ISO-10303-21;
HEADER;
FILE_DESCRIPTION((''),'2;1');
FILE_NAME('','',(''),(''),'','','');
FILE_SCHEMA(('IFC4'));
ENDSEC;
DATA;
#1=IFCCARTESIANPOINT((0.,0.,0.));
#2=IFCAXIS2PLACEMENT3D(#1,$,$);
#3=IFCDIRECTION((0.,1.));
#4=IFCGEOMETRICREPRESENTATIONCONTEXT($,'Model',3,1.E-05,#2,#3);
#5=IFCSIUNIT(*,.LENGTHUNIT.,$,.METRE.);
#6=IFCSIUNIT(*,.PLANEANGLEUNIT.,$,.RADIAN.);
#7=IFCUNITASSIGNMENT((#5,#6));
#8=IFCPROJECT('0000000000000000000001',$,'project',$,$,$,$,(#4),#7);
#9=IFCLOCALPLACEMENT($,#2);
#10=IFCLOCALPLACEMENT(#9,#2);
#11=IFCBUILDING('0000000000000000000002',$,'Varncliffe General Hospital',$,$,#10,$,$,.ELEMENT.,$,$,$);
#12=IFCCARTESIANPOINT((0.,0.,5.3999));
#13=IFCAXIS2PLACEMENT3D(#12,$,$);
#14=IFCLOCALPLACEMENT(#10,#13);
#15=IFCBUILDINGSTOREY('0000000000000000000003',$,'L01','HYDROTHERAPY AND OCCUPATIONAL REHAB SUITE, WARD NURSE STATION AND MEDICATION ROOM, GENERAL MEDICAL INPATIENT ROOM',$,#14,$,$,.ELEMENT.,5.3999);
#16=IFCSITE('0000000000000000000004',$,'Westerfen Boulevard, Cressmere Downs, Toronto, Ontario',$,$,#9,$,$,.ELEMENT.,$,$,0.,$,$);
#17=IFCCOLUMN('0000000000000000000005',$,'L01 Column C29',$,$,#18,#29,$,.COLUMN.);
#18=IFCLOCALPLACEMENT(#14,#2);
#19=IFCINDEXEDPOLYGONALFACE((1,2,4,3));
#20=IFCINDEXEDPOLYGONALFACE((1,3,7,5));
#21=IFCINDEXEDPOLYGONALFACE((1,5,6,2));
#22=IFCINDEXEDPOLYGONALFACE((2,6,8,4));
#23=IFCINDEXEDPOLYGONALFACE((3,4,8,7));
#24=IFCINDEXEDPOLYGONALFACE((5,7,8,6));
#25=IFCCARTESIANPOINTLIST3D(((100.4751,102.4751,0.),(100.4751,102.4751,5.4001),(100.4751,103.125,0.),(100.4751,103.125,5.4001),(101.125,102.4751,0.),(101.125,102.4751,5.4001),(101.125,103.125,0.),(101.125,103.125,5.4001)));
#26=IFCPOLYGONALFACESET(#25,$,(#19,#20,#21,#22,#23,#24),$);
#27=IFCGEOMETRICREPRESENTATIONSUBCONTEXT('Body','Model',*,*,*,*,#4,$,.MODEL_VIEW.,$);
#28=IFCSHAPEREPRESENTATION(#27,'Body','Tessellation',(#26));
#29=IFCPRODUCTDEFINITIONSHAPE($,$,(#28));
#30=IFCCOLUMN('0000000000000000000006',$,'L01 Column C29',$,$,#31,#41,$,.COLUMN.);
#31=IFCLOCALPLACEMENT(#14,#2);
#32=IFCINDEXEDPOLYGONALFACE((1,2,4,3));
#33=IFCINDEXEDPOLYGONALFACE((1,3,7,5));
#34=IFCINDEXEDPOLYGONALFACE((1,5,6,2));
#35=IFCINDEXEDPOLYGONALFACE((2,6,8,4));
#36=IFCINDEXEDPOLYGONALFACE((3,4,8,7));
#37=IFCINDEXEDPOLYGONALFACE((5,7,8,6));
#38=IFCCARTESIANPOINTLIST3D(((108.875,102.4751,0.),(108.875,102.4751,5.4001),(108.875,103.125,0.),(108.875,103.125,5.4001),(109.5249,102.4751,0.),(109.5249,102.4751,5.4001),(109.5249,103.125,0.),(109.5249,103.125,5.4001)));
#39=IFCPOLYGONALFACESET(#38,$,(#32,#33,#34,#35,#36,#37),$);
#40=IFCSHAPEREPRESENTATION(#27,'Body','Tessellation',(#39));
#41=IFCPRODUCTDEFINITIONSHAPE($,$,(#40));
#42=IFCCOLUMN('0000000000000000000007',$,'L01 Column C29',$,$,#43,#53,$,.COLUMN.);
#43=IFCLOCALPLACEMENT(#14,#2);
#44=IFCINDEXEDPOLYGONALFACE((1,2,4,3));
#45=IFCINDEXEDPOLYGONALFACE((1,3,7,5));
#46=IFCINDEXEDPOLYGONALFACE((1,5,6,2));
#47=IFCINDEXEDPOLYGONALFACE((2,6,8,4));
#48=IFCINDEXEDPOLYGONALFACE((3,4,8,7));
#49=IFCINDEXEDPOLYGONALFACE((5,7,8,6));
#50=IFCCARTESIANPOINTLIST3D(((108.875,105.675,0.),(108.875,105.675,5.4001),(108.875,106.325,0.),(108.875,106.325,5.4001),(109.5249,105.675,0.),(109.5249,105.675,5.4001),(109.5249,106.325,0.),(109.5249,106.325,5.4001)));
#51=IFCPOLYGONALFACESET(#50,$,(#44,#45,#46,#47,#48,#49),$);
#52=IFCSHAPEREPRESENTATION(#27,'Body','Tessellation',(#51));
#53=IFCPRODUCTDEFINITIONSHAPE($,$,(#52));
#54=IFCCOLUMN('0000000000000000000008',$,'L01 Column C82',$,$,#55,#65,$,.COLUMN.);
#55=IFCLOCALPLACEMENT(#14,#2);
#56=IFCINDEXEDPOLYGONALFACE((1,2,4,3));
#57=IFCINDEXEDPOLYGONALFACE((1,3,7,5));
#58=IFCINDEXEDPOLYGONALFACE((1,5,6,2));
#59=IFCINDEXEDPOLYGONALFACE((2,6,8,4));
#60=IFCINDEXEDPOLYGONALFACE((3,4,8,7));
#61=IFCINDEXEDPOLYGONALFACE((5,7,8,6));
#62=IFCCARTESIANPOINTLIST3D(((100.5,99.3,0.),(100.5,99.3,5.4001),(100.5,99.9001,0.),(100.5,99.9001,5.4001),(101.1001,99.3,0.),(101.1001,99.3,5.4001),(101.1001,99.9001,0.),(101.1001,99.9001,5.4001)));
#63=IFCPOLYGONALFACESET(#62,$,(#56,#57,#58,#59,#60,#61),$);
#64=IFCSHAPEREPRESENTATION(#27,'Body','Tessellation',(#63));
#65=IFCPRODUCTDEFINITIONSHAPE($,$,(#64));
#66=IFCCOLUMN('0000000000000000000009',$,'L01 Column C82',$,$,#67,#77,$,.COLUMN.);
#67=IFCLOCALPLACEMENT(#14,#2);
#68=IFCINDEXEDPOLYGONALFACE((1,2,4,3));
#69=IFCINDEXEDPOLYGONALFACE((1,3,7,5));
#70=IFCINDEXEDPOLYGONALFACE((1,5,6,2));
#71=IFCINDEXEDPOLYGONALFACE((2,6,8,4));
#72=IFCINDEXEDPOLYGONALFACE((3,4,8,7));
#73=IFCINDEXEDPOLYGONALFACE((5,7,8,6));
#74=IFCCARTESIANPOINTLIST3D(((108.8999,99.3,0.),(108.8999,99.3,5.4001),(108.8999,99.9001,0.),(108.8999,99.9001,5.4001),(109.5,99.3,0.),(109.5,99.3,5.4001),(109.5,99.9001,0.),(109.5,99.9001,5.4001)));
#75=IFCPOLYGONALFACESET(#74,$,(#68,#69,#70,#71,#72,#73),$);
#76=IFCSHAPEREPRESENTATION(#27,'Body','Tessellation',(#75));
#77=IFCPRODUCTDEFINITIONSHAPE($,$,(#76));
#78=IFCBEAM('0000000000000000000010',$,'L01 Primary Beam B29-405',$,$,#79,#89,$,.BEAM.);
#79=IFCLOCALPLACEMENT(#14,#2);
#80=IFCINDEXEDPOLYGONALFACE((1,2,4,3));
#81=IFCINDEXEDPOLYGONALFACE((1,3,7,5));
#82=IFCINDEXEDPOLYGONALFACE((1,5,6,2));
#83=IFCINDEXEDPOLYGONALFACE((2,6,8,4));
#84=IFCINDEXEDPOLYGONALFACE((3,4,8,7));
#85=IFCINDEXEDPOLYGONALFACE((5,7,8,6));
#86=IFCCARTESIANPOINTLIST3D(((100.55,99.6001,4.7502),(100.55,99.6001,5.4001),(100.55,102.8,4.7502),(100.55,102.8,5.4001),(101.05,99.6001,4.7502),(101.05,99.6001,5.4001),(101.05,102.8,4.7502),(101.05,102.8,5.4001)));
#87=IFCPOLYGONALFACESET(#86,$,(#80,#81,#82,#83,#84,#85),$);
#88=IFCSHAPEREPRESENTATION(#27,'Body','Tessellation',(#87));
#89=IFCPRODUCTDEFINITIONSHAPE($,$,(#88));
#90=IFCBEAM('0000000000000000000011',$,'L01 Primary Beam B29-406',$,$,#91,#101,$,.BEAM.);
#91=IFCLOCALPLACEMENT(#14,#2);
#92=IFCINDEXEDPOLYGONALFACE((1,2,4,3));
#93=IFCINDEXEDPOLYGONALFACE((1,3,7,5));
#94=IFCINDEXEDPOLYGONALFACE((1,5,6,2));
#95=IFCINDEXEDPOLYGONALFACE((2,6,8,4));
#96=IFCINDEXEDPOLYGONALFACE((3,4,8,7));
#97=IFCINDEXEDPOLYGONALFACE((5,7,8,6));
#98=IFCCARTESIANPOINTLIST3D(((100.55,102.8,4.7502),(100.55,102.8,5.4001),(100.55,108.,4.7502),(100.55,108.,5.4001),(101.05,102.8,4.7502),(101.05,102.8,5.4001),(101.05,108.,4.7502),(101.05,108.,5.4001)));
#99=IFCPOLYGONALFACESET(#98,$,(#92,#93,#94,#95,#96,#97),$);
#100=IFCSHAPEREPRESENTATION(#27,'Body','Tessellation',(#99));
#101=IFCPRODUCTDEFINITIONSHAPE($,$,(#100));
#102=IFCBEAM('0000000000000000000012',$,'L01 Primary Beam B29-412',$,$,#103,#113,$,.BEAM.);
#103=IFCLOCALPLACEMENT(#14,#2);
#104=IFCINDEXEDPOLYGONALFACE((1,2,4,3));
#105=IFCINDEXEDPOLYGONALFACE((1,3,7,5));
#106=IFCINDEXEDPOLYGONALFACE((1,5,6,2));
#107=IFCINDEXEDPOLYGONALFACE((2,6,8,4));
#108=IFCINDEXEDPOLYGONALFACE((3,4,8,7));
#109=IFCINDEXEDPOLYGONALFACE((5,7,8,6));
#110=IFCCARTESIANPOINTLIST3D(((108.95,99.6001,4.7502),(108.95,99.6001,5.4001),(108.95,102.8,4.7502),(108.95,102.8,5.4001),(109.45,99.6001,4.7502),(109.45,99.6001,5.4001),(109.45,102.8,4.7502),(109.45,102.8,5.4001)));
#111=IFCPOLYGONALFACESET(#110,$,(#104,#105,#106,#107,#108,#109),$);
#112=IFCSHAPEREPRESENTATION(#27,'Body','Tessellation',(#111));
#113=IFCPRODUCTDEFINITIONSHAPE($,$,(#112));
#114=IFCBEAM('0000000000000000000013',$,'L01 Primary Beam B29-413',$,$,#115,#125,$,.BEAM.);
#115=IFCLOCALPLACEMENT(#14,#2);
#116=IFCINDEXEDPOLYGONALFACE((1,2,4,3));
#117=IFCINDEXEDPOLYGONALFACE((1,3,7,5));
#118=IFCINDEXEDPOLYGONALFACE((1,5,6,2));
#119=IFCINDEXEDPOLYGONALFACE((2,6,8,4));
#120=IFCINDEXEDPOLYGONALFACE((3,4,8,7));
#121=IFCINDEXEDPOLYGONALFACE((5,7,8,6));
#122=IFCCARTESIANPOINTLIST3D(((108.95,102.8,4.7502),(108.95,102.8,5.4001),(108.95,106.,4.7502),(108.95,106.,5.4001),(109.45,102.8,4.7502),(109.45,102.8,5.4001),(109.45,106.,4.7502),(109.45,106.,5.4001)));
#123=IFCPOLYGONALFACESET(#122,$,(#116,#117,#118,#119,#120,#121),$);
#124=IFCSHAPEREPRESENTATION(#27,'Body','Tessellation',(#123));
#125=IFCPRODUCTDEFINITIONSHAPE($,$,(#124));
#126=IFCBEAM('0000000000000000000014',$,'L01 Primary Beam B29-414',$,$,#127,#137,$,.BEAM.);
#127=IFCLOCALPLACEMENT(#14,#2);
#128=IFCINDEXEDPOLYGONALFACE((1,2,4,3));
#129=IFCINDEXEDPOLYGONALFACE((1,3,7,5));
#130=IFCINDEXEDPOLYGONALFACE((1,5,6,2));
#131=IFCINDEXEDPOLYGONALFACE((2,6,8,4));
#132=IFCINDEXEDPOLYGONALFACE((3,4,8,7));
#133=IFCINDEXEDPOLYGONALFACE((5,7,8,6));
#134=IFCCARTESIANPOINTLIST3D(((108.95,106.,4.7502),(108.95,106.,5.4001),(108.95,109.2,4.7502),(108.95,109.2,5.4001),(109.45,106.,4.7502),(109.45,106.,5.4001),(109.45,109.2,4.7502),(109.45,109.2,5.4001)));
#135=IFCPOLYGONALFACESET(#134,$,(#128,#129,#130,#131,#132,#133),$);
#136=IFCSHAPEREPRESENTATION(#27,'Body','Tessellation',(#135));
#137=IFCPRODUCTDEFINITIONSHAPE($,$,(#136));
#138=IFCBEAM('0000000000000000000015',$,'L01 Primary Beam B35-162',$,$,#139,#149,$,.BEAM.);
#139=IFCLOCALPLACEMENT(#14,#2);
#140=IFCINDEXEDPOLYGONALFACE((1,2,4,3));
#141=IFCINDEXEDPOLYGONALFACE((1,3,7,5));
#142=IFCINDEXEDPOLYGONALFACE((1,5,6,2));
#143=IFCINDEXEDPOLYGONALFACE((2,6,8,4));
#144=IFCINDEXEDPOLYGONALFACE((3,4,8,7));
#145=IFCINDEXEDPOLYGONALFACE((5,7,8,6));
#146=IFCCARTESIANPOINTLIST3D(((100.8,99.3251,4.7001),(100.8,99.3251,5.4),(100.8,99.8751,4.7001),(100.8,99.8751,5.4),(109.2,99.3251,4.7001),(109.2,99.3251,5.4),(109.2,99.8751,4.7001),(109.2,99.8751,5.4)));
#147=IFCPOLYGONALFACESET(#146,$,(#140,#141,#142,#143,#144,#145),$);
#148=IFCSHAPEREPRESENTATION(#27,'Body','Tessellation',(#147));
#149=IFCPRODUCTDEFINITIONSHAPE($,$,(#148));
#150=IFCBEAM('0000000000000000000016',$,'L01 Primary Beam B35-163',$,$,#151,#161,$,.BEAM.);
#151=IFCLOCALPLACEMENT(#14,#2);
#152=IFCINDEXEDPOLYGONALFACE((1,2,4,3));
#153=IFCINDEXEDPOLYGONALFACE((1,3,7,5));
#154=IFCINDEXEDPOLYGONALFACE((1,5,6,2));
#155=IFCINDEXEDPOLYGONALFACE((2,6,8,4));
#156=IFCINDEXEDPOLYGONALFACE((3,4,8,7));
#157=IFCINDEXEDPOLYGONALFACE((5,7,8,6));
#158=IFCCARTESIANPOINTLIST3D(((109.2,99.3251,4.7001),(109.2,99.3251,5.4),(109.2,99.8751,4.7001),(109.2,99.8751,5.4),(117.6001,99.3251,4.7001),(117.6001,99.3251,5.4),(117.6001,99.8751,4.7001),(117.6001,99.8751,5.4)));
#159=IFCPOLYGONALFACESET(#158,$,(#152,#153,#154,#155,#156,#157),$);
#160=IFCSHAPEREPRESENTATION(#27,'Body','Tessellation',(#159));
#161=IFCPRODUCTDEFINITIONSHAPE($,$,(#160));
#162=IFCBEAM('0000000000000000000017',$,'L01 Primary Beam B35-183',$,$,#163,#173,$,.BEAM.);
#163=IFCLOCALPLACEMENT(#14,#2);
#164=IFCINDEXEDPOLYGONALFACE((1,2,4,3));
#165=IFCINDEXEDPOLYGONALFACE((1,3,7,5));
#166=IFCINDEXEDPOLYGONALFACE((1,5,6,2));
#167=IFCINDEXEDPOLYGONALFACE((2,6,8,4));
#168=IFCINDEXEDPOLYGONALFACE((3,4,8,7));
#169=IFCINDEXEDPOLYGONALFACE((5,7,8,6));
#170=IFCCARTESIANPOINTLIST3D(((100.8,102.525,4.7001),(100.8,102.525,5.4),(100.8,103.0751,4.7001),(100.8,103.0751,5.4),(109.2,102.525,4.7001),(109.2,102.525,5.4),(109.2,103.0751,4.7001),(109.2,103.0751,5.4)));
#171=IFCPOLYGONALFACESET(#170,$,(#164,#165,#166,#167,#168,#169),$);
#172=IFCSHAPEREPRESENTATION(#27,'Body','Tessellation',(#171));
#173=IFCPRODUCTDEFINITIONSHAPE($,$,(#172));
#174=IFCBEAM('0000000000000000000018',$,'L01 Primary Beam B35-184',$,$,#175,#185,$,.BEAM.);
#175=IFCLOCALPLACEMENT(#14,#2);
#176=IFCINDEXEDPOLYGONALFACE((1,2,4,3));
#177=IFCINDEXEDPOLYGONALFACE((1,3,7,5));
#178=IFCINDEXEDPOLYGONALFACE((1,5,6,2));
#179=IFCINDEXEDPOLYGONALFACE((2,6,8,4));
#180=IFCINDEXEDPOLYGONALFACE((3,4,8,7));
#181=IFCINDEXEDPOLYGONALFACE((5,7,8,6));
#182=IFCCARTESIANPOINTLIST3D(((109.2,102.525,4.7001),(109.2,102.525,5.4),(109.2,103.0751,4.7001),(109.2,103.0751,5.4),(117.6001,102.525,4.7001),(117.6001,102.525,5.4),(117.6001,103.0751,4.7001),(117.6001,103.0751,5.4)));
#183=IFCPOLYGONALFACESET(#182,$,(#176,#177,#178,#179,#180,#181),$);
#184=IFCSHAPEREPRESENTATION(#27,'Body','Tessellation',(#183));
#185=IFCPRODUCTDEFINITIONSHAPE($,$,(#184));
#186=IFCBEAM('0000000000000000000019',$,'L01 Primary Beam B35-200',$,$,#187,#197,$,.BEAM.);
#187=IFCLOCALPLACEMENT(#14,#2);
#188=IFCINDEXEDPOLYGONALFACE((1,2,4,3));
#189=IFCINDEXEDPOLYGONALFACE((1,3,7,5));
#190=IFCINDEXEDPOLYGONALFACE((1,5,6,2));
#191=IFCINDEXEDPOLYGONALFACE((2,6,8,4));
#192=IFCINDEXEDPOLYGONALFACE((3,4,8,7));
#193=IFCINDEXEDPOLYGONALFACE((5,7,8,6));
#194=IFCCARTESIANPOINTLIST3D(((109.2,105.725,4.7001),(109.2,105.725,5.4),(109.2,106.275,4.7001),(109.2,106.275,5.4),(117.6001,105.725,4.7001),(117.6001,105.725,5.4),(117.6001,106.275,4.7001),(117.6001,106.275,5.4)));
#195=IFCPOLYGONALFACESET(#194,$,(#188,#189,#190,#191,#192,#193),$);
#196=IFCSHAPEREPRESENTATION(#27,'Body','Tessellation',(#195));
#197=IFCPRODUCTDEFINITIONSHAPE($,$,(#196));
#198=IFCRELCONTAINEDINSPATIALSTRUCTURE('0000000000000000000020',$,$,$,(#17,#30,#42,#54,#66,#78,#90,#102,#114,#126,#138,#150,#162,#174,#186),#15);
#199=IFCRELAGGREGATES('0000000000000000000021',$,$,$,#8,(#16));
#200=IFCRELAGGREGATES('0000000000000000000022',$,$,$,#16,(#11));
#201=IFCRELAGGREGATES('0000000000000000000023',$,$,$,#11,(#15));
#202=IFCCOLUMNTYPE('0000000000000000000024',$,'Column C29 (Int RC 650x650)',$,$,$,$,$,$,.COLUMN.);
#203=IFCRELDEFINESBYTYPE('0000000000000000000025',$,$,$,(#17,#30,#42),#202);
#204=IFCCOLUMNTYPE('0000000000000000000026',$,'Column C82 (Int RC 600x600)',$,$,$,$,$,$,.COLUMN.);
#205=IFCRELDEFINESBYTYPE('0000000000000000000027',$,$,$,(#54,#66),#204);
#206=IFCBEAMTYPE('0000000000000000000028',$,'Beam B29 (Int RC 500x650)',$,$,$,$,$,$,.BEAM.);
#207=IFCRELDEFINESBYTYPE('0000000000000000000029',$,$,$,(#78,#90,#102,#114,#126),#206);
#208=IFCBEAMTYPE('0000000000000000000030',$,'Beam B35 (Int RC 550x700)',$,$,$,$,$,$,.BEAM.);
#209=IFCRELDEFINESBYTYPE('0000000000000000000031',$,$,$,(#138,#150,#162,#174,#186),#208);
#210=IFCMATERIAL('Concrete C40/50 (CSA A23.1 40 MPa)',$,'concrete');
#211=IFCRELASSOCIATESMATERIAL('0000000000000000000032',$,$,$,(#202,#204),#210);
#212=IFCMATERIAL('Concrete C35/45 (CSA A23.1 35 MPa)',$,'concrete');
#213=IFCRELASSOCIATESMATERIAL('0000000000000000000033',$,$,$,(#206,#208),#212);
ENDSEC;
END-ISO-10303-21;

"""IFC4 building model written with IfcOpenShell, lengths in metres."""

from ifc_helpers import new_model, si_unit, direction, frame, origin, origin_2d, place, context, subcontext, project, spatial, rectangle, extrude, material, material_profile, profile_set, type_object, element, save


model = new_model("IFC4")

# Units and contexts
model_context = context("Model", 3, precision=1e-05, world=origin(), true_north=direction((0.0, 1.0)))
body_context = subcontext(model_context, "Body", "Model", "MODEL_VIEW")
ifc_project = project(units=[si_unit("LENGTHUNIT", "METRE"), si_unit("PLANEANGLEUNIT", "RADIAN")], contexts=[model_context])

# Site, building, storey
site_placement = place(None, origin())
site = spatial("IfcSite", under=ifc_project, at=site_placement, Name="Westerfen Boulevard, Cressmere Downs, Toronto, Ontario", CompositionType="ELEMENT", RefElevation=0.0)
building_placement = place(site_placement, origin())
building = spatial("IfcBuilding", under=site, at=building_placement, Name="Varncliffe General Hospital", CompositionType="ELEMENT")
storey_placement = place(building_placement, frame((0.0, 0.0, 5.3999)))
storey = spatial("IfcBuildingStorey", under=building, at=storey_placement, Name="L01", Description="HYDROTHERAPY AND OCCUPATIONAL REHAB SUITE, WARD NURSE STATION AND MEDICATION ROOM, GENERAL MEDICAL INPATIENT ROOM", CompositionType="ELEMENT", Elevation=5.3999)

# Columns
ifc_material_1 = material(Name="Concrete C40/50 (CSA A23.1 40 MPa)", Category="concrete")
ifc_material_profile_1 = material_profile(ifc_material_1, rectangle(XDim=0.6499, YDim=0.6499, at=origin_2d()), Name="RC 650x650")
ifc_profile_set_1 = profile_set([ifc_material_profile_1], Name="Concrete C40/50 (CSA A23.1 40 MPa)")
column_type_1 = type_object("IfcColumnType", Name="Column C29 (Int RC 650x650)", PredefinedType="COLUMN", material=ifc_profile_set_1)
for number, where, z_axis, x_axis, name in (
    (1, (100.8, 102.8, 0.0), (0.0, 0.0, 1.0), (1.0, 0.0, 0.0), "L01 Column C29"),
    (2, (109.2, 102.8, 0.0), (0.0, 0.0, 1.0), (1.0, 0.0, 0.0), "L01 Column C29"),
    (3, (109.2, 106.0, 0.0), (0.0, 0.0, 1.0), (1.0, 0.0, 0.0), "L01 Column C29"),
):
    element("IfcColumn", number, at=place(storey_placement, frame(where, z_axis=z_axis, x_axis=x_axis)), inside=storey, type_object=column_type_1, Name=name, PredefinedType="COLUMN", context=body_context, shape_type="SweptSolid", body=[
        extrude(rectangle(XDim=0.6499, YDim=0.6499, at=origin_2d()), origin(), (0.0, 0.0, 1.0), 5.4001),
    ])
ifc_material_profile_2 = material_profile(ifc_material_1, rectangle(XDim=0.6001, YDim=0.6001, at=origin_2d()), Name="RC 600x600")
ifc_profile_set_2 = profile_set([ifc_material_profile_2], Name="Concrete C40/50 (CSA A23.1 40 MPa)")
column_type_2 = type_object("IfcColumnType", Name="Column C82 (Int RC 600x600)", PredefinedType="COLUMN", material=ifc_profile_set_2)
for number, where, z_axis, x_axis, name in (
    (4, (100.8, 99.6001, 0.0), (0.0, 0.0, 1.0), (1.0, 0.0, 0.0), "L01 Column C82"),
    (5, (109.2, 99.6001, 0.0), (0.0, 0.0, 1.0), (1.0, 0.0, 0.0), "L01 Column C82"),
):
    element("IfcColumn", number, at=place(storey_placement, frame(where, z_axis=z_axis, x_axis=x_axis)), inside=storey, type_object=column_type_2, Name=name, PredefinedType="COLUMN", context=body_context, shape_type="SweptSolid", body=[
        extrude(rectangle(XDim=0.6001, YDim=0.6001, at=origin_2d()), origin(), (0.0, 0.0, 1.0), 5.4001),
    ])

# Beams
ifc_material_2 = material(Name="Concrete C35/45 (CSA A23.1 35 MPa)", Category="concrete")
ifc_material_profile_3 = material_profile(ifc_material_2, rectangle(XDim=0.5, YDim=0.6499, at=origin_2d()), Name="RC 500x650")
ifc_profile_set_3 = profile_set([ifc_material_profile_3], Name="Concrete C35/45 (CSA A23.1 35 MPa)")
beam_type_1 = type_object("IfcBeamType", Name="Beam B29 (Int RC 500x650)", PredefinedType="BEAM", material=ifc_profile_set_3)
beam_1_placement = place(storey_placement, frame((100.8, 99.6001, 5.0752), z_axis=(0.0, 1.0, 0.0), x_axis=(-1.0, 0.0, 0.0)))
element("IfcBeam", 6, at=beam_1_placement, inside=storey, type_object=beam_type_1, Name="L01 Primary Beam B29-405", PredefinedType="BEAM", context=body_context, shape_type="SweptSolid", body=[
    extrude(rectangle(XDim=0.5, YDim=0.6499, at=origin_2d()), origin(), (0.0, 0.0, 1.0), 3.2),
])
beam_2_placement = place(storey_placement, frame((100.8, 102.8, 5.0752), z_axis=(0.0, 1.0, 0.0), x_axis=(-1.0, 0.0, 0.0)))
element("IfcBeam", 7, at=beam_2_placement, inside=storey, type_object=beam_type_1, Name="L01 Primary Beam B29-406", PredefinedType="BEAM", context=body_context, shape_type="SweptSolid", body=[
    extrude(rectangle(XDim=0.5, YDim=0.6499, at=origin_2d()), origin(), (0.0, 0.0, 1.0), 5.2),
])
for number, where, z_axis, x_axis, name in (
    (8, (109.2, 99.6001, 5.0752), (0.0, 1.0, 0.0), (-1.0, 0.0, 0.0), "L01 Primary Beam B29-412"),
    (9, (109.2, 102.8, 5.0752), (0.0, 1.0, 0.0), (-1.0, 0.0, 0.0), "L01 Primary Beam B29-413"),
    (10, (109.2, 106.0, 5.0752), (0.0, 1.0, 0.0), (-1.0, 0.0, 0.0), "L01 Primary Beam B29-414"),
):
    element("IfcBeam", number, at=place(storey_placement, frame(where, z_axis=z_axis, x_axis=x_axis)), inside=storey, type_object=beam_type_1, Name=name, PredefinedType="BEAM", context=body_context, shape_type="SweptSolid", body=[
        extrude(rectangle(XDim=0.5, YDim=0.6499, at=origin_2d()), origin(), (0.0, 0.0, 1.0), 3.2),
    ])
ifc_material_profile_4 = material_profile(ifc_material_2, rectangle(XDim=0.55, YDim=0.7, at=origin_2d()), Name="RC 550x700")
ifc_profile_set_4 = profile_set([ifc_material_profile_4], Name="Concrete C35/45 (CSA A23.1 35 MPa)")
beam_type_2 = type_object("IfcBeamType", Name="Beam B35 (Int RC 550x700)", PredefinedType="BEAM", material=ifc_profile_set_4)
beam_3_placement = place(storey_placement, frame((100.8, 99.6001, 5.05), z_axis=(1.0, 0.0, 0.0), x_axis=(0.0, 1.0, 0.0)))
element("IfcBeam", 11, at=beam_3_placement, inside=storey, type_object=beam_type_2, Name="L01 Primary Beam B35-162", PredefinedType="BEAM", context=body_context, shape_type="SweptSolid", body=[
    extrude(rectangle(XDim=0.55, YDim=0.7, at=origin_2d()), origin(), (0.0, 0.0, 1.0), 8.3999),
])
beam_4_placement = place(storey_placement, frame((109.2, 99.6001, 5.05), z_axis=(1.0, 0.0, 0.0), x_axis=(0.0, 1.0, 0.0)))
element("IfcBeam", 12, at=beam_4_placement, inside=storey, type_object=beam_type_2, Name="L01 Primary Beam B35-163", PredefinedType="BEAM", context=body_context, shape_type="SweptSolid", body=[
    extrude(rectangle(XDim=0.55, YDim=0.7, at=origin_2d()), origin(), (0.0, 0.0, 1.0), 8.4001),
])
beam_5_placement = place(storey_placement, frame((100.8, 102.8, 5.05), z_axis=(1.0, 0.0, 0.0), x_axis=(0.0, 1.0, 0.0)))
element("IfcBeam", 13, at=beam_5_placement, inside=storey, type_object=beam_type_2, Name="L01 Primary Beam B35-183", PredefinedType="BEAM", context=body_context, shape_type="SweptSolid", body=[
    extrude(rectangle(XDim=0.55, YDim=0.7, at=origin_2d()), origin(), (0.0, 0.0, 1.0), 8.3999),
])
for number, where, z_axis, x_axis, name in (
    (14, (109.2, 102.8, 5.05), (1.0, 0.0, 0.0), (0.0, 1.0, 0.0), "L01 Primary Beam B35-184"),
    (15, (109.2, 106.0, 5.05), (1.0, 0.0, 0.0), (0.0, 1.0, 0.0), "L01 Primary Beam B35-200"),
):
    element("IfcBeam", number, at=place(storey_placement, frame(where, z_axis=z_axis, x_axis=x_axis)), inside=storey, type_object=beam_type_2, Name=name, PredefinedType="BEAM", context=body_context, shape_type="SweptSolid", body=[
        extrude(rectangle(XDim=0.55, YDim=0.7, at=origin_2d()), origin(), (0.0, 0.0, 1.0), 8.4001),
    ])

save(model, "model.ifc")
